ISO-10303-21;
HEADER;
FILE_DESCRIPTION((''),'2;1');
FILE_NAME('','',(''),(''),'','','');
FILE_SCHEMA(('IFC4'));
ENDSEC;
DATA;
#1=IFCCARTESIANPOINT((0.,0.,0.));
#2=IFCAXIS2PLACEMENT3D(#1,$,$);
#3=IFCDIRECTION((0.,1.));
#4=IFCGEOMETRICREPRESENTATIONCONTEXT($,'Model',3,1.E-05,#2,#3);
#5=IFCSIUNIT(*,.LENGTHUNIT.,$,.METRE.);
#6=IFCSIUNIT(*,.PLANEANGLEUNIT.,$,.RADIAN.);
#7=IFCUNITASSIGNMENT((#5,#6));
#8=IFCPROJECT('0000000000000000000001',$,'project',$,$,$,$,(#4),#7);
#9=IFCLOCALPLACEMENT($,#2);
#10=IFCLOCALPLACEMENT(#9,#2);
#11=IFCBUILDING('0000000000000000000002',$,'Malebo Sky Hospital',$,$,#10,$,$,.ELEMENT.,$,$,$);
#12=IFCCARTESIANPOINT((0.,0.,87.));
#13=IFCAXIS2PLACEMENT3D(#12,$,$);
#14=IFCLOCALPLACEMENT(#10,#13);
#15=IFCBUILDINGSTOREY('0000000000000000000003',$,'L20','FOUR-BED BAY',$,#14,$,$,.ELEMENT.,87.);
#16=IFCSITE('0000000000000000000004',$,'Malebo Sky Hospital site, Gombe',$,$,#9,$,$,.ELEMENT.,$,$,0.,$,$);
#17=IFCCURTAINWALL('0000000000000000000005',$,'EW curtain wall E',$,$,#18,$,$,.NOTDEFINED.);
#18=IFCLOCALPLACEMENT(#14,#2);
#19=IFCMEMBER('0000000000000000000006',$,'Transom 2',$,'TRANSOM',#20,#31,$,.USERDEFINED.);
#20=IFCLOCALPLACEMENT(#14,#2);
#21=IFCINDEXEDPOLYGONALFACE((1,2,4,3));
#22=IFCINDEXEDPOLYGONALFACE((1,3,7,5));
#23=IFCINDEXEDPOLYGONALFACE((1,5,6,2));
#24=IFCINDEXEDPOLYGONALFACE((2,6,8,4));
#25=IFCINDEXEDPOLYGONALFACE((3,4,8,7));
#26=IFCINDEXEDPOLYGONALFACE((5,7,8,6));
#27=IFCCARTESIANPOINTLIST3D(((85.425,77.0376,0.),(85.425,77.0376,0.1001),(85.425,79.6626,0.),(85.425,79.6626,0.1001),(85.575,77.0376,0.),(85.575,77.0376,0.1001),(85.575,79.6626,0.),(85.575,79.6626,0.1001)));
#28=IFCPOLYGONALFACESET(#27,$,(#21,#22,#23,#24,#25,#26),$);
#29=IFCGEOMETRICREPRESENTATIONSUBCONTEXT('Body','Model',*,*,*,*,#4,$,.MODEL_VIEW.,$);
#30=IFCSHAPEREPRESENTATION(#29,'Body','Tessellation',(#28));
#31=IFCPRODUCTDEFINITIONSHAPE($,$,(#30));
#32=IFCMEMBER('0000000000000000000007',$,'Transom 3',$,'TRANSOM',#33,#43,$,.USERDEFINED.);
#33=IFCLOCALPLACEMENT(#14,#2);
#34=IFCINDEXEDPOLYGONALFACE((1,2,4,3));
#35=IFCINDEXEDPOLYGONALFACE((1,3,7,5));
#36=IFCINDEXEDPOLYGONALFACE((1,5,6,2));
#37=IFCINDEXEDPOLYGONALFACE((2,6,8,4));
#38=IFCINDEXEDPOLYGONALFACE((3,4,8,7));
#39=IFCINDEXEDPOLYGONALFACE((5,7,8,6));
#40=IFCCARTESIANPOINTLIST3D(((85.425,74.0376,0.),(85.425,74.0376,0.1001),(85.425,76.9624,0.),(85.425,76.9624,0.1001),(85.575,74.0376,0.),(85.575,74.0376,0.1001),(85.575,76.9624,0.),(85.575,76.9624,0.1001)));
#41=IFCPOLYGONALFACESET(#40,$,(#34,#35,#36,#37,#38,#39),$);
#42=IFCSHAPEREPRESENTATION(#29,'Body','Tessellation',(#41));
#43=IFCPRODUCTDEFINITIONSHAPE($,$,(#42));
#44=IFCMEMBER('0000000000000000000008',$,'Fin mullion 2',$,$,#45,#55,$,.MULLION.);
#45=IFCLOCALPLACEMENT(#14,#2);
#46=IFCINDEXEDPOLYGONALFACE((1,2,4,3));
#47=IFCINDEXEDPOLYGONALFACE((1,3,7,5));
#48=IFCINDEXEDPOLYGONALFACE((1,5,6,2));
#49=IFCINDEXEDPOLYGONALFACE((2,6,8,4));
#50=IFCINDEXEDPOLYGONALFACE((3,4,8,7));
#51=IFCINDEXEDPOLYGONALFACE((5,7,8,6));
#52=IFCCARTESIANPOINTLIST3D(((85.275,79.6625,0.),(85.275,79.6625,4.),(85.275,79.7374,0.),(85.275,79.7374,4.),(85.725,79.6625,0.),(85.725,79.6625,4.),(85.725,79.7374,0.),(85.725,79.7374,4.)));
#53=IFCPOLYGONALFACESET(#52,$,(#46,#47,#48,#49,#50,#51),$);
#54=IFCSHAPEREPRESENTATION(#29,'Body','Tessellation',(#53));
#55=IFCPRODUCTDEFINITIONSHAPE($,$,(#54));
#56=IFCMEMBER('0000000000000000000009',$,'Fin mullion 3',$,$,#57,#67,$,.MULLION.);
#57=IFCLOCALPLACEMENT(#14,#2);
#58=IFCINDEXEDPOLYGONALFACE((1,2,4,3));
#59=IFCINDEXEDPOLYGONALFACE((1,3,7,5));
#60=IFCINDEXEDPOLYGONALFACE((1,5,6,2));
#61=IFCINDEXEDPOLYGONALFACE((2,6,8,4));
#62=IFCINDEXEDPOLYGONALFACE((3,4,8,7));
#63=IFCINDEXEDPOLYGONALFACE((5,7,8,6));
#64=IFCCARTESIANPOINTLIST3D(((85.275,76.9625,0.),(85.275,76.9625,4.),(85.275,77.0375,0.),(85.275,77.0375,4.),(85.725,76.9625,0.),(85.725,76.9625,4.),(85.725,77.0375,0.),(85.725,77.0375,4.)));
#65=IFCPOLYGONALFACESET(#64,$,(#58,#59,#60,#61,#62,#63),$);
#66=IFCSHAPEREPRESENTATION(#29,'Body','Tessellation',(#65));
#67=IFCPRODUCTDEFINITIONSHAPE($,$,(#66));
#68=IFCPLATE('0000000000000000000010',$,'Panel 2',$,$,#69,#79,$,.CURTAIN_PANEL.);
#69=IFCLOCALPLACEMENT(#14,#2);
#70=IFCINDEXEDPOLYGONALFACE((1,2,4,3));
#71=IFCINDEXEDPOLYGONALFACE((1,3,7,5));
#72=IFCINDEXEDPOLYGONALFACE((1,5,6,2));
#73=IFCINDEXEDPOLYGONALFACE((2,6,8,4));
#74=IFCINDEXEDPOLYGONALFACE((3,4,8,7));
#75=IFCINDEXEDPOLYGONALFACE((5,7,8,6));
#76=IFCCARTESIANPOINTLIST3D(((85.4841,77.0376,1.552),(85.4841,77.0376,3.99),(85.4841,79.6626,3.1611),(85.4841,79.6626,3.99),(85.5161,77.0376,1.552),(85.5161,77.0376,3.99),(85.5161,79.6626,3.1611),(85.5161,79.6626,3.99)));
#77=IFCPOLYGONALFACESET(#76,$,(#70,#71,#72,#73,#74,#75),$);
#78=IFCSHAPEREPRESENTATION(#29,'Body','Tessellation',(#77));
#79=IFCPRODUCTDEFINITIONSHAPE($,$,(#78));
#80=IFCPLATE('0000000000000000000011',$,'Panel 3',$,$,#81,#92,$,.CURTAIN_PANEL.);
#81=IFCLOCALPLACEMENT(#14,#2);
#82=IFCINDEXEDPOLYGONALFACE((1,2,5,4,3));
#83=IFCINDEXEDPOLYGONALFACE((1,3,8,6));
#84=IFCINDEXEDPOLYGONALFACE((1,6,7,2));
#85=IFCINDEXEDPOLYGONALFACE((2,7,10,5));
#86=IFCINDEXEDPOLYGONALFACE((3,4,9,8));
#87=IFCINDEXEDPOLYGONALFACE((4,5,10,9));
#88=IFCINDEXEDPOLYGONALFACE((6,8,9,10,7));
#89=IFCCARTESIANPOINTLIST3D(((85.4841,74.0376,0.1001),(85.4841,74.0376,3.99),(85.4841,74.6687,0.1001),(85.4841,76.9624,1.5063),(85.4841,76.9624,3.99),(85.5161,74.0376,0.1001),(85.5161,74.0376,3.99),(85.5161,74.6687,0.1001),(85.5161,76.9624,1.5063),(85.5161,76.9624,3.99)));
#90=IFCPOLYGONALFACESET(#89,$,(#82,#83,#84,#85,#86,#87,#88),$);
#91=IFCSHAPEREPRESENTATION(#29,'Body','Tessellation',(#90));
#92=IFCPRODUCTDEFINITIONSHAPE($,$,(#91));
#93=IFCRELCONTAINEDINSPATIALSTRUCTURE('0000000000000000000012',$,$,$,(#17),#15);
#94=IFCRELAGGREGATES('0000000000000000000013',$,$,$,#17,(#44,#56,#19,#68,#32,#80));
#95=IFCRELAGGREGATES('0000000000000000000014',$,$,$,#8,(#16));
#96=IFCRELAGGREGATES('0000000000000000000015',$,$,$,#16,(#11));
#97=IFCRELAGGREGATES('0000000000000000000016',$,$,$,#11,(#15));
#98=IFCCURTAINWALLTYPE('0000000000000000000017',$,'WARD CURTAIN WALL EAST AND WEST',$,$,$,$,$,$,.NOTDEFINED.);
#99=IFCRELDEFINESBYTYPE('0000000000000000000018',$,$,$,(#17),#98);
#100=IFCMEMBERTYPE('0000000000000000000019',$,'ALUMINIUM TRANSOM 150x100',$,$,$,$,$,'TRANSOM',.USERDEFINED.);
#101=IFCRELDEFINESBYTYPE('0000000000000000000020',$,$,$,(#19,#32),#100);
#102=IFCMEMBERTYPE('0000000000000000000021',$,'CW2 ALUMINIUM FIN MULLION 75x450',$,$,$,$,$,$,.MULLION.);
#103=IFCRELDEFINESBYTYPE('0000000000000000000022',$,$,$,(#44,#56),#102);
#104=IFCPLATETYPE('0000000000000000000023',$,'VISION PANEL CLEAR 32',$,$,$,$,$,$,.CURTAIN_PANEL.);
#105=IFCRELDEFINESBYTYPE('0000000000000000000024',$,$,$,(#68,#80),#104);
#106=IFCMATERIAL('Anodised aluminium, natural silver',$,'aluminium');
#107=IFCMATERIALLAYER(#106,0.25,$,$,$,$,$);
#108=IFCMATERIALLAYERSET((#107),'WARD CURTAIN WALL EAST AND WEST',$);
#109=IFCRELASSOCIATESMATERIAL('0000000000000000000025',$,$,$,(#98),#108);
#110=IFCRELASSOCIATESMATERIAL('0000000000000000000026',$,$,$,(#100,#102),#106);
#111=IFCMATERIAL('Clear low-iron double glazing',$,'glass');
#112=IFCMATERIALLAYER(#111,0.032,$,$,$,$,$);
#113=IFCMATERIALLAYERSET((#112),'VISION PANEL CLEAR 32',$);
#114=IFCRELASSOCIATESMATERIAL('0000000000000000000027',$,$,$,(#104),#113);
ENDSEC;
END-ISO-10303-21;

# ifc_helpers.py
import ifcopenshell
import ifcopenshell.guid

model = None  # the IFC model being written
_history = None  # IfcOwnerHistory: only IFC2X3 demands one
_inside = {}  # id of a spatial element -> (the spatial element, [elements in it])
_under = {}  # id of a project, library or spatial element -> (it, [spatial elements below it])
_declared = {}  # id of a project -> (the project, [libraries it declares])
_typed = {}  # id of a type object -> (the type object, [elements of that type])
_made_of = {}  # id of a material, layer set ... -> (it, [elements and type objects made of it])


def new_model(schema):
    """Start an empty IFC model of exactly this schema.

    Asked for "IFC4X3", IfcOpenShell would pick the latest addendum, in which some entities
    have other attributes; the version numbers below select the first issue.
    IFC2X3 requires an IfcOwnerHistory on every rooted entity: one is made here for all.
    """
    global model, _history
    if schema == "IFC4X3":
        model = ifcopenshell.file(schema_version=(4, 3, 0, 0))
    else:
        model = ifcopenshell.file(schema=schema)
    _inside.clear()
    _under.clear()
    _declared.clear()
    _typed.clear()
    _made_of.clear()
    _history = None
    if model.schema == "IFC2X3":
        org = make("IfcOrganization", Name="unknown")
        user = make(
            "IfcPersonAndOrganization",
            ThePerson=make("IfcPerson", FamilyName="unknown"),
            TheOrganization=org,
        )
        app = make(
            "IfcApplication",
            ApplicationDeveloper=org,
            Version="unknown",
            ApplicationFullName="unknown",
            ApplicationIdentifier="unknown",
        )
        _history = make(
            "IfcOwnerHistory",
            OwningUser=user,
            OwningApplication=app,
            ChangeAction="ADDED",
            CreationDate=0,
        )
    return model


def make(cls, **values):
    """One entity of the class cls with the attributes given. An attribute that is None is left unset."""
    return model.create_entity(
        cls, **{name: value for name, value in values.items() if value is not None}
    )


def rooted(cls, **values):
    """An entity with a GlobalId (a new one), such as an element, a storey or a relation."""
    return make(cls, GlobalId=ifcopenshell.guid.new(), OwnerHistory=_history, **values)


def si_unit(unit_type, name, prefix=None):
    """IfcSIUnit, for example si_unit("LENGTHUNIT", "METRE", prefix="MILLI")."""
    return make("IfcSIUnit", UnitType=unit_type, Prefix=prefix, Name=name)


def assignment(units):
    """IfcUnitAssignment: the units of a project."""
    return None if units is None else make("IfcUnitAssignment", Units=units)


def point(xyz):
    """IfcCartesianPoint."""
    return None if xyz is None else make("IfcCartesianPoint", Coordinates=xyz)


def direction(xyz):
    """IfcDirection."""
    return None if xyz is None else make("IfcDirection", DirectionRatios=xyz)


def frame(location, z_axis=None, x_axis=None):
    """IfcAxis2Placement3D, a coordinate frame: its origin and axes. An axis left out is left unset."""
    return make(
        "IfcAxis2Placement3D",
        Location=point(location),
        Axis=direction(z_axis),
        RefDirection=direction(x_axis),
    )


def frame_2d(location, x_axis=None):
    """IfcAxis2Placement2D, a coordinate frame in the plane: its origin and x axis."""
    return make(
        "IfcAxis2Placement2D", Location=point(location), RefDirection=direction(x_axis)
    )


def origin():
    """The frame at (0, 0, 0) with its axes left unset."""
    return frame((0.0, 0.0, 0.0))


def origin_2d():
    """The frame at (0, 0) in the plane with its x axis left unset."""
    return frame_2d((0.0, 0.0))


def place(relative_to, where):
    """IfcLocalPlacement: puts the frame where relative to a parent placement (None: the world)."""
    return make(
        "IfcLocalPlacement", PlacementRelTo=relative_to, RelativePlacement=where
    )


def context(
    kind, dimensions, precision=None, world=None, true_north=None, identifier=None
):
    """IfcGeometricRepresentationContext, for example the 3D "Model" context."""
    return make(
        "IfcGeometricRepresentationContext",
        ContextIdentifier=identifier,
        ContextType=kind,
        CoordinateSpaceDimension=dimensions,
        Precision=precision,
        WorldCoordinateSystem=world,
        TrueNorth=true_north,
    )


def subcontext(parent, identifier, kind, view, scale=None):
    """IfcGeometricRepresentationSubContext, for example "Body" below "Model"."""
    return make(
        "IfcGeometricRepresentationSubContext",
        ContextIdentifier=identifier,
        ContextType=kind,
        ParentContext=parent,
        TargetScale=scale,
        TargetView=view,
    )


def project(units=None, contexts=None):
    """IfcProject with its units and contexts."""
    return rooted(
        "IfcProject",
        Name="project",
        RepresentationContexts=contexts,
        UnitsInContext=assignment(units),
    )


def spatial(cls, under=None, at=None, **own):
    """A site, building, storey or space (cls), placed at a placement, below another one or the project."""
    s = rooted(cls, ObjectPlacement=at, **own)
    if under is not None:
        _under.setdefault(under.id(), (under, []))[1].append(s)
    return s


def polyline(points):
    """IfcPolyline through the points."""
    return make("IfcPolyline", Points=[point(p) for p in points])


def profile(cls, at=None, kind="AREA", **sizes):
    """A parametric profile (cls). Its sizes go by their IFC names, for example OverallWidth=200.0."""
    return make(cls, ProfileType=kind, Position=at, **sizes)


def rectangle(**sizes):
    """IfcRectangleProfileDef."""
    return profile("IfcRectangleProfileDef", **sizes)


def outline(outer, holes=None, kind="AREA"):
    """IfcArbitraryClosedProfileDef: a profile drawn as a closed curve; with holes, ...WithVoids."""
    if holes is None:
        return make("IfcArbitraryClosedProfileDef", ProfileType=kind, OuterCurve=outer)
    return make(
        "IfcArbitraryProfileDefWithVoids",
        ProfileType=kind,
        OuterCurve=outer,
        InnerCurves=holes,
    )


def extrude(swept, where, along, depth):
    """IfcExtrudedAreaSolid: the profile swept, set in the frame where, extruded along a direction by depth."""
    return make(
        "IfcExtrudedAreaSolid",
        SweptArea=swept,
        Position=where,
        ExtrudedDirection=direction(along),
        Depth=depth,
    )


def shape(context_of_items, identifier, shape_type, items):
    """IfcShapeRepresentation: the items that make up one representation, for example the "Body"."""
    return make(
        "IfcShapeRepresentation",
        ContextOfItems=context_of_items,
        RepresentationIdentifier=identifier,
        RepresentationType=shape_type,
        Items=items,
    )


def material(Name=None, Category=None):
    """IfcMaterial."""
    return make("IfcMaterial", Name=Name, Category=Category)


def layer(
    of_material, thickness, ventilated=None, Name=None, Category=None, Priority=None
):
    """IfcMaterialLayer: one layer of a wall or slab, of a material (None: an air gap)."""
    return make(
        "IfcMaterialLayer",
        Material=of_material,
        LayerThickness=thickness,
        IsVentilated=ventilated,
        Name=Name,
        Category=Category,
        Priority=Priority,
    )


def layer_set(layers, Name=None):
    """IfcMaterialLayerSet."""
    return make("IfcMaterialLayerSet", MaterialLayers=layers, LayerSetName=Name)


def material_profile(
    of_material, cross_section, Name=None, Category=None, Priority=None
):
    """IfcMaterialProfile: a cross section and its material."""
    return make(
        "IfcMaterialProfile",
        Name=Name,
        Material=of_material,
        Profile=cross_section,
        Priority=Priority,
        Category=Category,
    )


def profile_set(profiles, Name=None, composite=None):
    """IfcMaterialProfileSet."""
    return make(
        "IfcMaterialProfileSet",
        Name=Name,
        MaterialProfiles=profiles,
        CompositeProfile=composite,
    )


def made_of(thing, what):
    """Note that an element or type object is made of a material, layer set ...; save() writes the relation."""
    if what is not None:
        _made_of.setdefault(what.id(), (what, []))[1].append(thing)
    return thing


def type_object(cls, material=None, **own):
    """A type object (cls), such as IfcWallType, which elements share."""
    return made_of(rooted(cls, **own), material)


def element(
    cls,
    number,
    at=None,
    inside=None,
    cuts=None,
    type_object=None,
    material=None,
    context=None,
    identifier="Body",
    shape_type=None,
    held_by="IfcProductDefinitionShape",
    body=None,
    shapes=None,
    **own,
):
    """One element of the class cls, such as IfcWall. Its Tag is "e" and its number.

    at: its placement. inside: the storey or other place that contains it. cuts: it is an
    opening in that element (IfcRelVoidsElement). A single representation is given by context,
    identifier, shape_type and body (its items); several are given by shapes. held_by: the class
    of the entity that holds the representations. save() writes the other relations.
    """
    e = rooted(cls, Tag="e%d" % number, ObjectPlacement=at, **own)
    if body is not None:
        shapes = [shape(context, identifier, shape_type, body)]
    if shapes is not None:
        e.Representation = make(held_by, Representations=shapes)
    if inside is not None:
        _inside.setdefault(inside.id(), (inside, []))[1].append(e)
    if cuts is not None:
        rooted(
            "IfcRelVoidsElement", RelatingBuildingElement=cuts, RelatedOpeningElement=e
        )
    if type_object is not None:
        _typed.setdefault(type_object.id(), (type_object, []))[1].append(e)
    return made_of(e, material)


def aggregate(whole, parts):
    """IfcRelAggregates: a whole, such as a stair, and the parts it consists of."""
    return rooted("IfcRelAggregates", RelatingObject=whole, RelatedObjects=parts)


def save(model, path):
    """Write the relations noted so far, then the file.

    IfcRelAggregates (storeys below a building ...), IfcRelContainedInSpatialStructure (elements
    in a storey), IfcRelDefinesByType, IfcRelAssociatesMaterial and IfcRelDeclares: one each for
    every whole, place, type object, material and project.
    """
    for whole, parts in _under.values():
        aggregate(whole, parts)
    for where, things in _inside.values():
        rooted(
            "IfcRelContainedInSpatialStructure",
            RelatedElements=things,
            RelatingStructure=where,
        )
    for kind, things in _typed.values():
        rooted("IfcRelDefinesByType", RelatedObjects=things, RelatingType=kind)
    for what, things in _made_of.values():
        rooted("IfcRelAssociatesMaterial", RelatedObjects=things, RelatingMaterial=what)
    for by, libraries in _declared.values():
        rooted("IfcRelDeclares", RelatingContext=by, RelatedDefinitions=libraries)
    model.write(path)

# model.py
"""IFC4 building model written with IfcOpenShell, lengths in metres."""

from ifc_helpers import new_model, si_unit, direction, frame, origin, origin_2d, place, context, subcontext, project, spatial, polyline, rectangle, outline, extrude, material, layer, layer_set, material_profile, profile_set, type_object, element, aggregate, save


model = new_model("IFC4")

# Units and contexts
model_context = context("Model", 3, precision=1e-05, world=origin(), true_north=direction((0.0, 1.0)))
body_context = subcontext(model_context, "Body", "Model", "MODEL_VIEW")
ifc_project = project(units=[si_unit("LENGTHUNIT", "METRE"), si_unit("PLANEANGLEUNIT", "RADIAN")], contexts=[model_context])

# Site, building, storey
site_placement = place(None, origin())
site = spatial("IfcSite", under=ifc_project, at=site_placement, Name="Malebo Sky Hospital site, Gombe", CompositionType="ELEMENT", RefElevation=0.0)
building_placement = place(site_placement, origin())
building = spatial("IfcBuilding", under=site, at=building_placement, Name="Malebo Sky Hospital", CompositionType="ELEMENT")
storey_placement = place(building_placement, frame((0.0, 0.0, 87.0)))
storey = spatial("IfcBuildingStorey", under=building, at=storey_placement, Name="L20", Description="FOUR-BED BAY", CompositionType="ELEMENT", Elevation=87.0)

# Curtain wall, members, plates
ifc_material_1 = material(Name="Anodised aluminium, natural silver", Category="aluminium")
ifc_layer_1 = layer(ifc_material_1, 0.25)
ifc_layer_set_1 = layer_set([ifc_layer_1], Name="WARD CURTAIN WALL EAST AND WEST")
curtain_wall_type = type_object("IfcCurtainWallType", Name="WARD CURTAIN WALL EAST AND WEST", PredefinedType="NOTDEFINED", material=ifc_layer_set_1)
curtain_wall_placement = place(storey_placement, origin())
curtain_wall = element("IfcCurtainWall", 1, at=curtain_wall_placement, inside=storey, type_object=curtain_wall_type, Name="EW curtain wall E", PredefinedType="NOTDEFINED")
ifc_material_profile_1 = material_profile(ifc_material_1, rectangle(XDim=0.1499, YDim=0.1001, at=origin_2d()), Name="ALUMINIUM TRANSOM 150x100")
ifc_profile_set_1 = profile_set([ifc_material_profile_1], Name="Anodised aluminium, natural silver")
member_type_1 = type_object("IfcMemberType", Name="ALUMINIUM TRANSOM 150x100", ElementType="TRANSOM", PredefinedType="USERDEFINED", material=ifc_profile_set_1)
member_1_placement = place(storey_placement, frame((85.5, 79.6626, 0.05), z_axis=(0.0, -1.0, 0.0), x_axis=(1.0, 0.0, 0.0)))
member_1 = element("IfcMember", 2, at=member_1_placement, type_object=member_type_1, Name="Transom 2", ObjectType="TRANSOM", PredefinedType="USERDEFINED", context=body_context, shape_type="SweptSolid", body=[
    extrude(rectangle(XDim=0.1499, YDim=0.1001, at=origin_2d()), origin(), (0.0, 0.0, 1.0), 2.625),
])
member_2_placement = place(storey_placement, frame((85.5, 76.9624, 0.05), z_axis=(0.0, -1.0, 0.0), x_axis=(1.0, 0.0, 0.0)))
member_2 = element("IfcMember", 3, at=member_2_placement, type_object=member_type_1, Name="Transom 3", ObjectType="TRANSOM", PredefinedType="USERDEFINED", context=body_context, shape_type="SweptSolid", body=[
    extrude(rectangle(XDim=0.1499, YDim=0.1001, at=origin_2d()), origin(), (0.0, 0.0, 1.0), 2.9248),
])
ifc_material_profile_2 = material_profile(ifc_material_1, rectangle(XDim=0.075, YDim=0.45, at=origin_2d()), Name="CW2 ALUMINIUM FIN MULLION 75x450")
ifc_profile_set_2 = profile_set([ifc_material_profile_2], Name="Anodised aluminium, natural silver")
member_type_2 = type_object("IfcMemberType", Name="CW2 ALUMINIUM FIN MULLION 75x450", PredefinedType="MULLION", material=ifc_profile_set_2)
member_3_placement = place(storey_placement, frame((85.5, 79.7, 0.0), z_axis=(0.0, 0.0, 1.0), x_axis=(0.0, -1.0, 0.0)))
member_3 = element("IfcMember", 4, at=member_3_placement, type_object=member_type_2, Name="Fin mullion 2", PredefinedType="MULLION", context=body_context, shape_type="SweptSolid", body=[
    extrude(rectangle(XDim=0.075, YDim=0.45, at=origin_2d()), origin(), (0.0, 0.0, 1.0), 4.0),
])
member_4_placement = place(storey_placement, frame((85.5, 77.0, 0.0), z_axis=(0.0, 0.0, 1.0), x_axis=(0.0, -1.0, 0.0)))
member_4 = element("IfcMember", 5, at=member_4_placement, type_object=member_type_2, Name="Fin mullion 3", PredefinedType="MULLION", context=body_context, shape_type="SweptSolid", body=[
    extrude(rectangle(XDim=0.075, YDim=0.45, at=origin_2d()), origin(), (0.0, 0.0, 1.0), 4.0),
])
ifc_material_2 = material(Name="Clear low-iron double glazing", Category="glass")
ifc_layer_2 = layer(ifc_material_2, 0.032)
ifc_layer_set_2 = layer_set([ifc_layer_2], Name="VISION PANEL CLEAR 32")
plate_type = type_object("IfcPlateType", Name="VISION PANEL CLEAR 32", PredefinedType="CURTAIN_PANEL", material=ifc_layer_set_2)
plate_1_placement = place(storey_placement, frame((85.5, 78.3501, 1.552), z_axis=(0.0, 0.0, 1.0), x_axis=(0.0, -1.0, 0.0)))
plate_1 = element("IfcPlate", 6, at=plate_1_placement, type_object=plate_type, Name="Panel 2", PredefinedType="CURTAIN_PANEL", context=body_context, shape_type="SweptSolid", body=[
    extrude(outline(polyline([(1.3125, 0.0), (1.3125, 2.438), (-1.3125, 2.438), (-1.3125, 1.6091), (1.3125, 0.0)])), frame((0.0, 0.0161, 0.0), z_axis=(0.0, -1.0, 0.0), x_axis=(1.0, 0.0, 0.0)), (0.0, 0.0, 1.0), 0.032),
])
plate_2_placement = place(storey_placement, frame((85.5, 75.5, 0.1001), z_axis=(0.0, 0.0, 1.0), x_axis=(0.0, -1.0, 0.0)))
plate_2 = element("IfcPlate", 7, at=plate_2_placement, type_object=plate_type, Name="Panel 3", PredefinedType="CURTAIN_PANEL", context=body_context, shape_type="SweptSolid", body=[
    extrude(outline(polyline([(0.8313, 0.0), (1.4624, 0.0), (1.4624, 3.8899), (-1.4624, 3.8899), (-1.4624, 1.4062), (0.8313, 0.0)])), frame((0.0, 0.0161, 0.0), z_axis=(0.0, -1.0, 0.0), x_axis=(1.0, 0.0, 0.0)), (0.0, 0.0, 1.0), 0.032),
])
aggregate(curtain_wall, [member_3, member_4, member_1, plate_1, member_2, plate_2])

save(model, "model.ifc")
